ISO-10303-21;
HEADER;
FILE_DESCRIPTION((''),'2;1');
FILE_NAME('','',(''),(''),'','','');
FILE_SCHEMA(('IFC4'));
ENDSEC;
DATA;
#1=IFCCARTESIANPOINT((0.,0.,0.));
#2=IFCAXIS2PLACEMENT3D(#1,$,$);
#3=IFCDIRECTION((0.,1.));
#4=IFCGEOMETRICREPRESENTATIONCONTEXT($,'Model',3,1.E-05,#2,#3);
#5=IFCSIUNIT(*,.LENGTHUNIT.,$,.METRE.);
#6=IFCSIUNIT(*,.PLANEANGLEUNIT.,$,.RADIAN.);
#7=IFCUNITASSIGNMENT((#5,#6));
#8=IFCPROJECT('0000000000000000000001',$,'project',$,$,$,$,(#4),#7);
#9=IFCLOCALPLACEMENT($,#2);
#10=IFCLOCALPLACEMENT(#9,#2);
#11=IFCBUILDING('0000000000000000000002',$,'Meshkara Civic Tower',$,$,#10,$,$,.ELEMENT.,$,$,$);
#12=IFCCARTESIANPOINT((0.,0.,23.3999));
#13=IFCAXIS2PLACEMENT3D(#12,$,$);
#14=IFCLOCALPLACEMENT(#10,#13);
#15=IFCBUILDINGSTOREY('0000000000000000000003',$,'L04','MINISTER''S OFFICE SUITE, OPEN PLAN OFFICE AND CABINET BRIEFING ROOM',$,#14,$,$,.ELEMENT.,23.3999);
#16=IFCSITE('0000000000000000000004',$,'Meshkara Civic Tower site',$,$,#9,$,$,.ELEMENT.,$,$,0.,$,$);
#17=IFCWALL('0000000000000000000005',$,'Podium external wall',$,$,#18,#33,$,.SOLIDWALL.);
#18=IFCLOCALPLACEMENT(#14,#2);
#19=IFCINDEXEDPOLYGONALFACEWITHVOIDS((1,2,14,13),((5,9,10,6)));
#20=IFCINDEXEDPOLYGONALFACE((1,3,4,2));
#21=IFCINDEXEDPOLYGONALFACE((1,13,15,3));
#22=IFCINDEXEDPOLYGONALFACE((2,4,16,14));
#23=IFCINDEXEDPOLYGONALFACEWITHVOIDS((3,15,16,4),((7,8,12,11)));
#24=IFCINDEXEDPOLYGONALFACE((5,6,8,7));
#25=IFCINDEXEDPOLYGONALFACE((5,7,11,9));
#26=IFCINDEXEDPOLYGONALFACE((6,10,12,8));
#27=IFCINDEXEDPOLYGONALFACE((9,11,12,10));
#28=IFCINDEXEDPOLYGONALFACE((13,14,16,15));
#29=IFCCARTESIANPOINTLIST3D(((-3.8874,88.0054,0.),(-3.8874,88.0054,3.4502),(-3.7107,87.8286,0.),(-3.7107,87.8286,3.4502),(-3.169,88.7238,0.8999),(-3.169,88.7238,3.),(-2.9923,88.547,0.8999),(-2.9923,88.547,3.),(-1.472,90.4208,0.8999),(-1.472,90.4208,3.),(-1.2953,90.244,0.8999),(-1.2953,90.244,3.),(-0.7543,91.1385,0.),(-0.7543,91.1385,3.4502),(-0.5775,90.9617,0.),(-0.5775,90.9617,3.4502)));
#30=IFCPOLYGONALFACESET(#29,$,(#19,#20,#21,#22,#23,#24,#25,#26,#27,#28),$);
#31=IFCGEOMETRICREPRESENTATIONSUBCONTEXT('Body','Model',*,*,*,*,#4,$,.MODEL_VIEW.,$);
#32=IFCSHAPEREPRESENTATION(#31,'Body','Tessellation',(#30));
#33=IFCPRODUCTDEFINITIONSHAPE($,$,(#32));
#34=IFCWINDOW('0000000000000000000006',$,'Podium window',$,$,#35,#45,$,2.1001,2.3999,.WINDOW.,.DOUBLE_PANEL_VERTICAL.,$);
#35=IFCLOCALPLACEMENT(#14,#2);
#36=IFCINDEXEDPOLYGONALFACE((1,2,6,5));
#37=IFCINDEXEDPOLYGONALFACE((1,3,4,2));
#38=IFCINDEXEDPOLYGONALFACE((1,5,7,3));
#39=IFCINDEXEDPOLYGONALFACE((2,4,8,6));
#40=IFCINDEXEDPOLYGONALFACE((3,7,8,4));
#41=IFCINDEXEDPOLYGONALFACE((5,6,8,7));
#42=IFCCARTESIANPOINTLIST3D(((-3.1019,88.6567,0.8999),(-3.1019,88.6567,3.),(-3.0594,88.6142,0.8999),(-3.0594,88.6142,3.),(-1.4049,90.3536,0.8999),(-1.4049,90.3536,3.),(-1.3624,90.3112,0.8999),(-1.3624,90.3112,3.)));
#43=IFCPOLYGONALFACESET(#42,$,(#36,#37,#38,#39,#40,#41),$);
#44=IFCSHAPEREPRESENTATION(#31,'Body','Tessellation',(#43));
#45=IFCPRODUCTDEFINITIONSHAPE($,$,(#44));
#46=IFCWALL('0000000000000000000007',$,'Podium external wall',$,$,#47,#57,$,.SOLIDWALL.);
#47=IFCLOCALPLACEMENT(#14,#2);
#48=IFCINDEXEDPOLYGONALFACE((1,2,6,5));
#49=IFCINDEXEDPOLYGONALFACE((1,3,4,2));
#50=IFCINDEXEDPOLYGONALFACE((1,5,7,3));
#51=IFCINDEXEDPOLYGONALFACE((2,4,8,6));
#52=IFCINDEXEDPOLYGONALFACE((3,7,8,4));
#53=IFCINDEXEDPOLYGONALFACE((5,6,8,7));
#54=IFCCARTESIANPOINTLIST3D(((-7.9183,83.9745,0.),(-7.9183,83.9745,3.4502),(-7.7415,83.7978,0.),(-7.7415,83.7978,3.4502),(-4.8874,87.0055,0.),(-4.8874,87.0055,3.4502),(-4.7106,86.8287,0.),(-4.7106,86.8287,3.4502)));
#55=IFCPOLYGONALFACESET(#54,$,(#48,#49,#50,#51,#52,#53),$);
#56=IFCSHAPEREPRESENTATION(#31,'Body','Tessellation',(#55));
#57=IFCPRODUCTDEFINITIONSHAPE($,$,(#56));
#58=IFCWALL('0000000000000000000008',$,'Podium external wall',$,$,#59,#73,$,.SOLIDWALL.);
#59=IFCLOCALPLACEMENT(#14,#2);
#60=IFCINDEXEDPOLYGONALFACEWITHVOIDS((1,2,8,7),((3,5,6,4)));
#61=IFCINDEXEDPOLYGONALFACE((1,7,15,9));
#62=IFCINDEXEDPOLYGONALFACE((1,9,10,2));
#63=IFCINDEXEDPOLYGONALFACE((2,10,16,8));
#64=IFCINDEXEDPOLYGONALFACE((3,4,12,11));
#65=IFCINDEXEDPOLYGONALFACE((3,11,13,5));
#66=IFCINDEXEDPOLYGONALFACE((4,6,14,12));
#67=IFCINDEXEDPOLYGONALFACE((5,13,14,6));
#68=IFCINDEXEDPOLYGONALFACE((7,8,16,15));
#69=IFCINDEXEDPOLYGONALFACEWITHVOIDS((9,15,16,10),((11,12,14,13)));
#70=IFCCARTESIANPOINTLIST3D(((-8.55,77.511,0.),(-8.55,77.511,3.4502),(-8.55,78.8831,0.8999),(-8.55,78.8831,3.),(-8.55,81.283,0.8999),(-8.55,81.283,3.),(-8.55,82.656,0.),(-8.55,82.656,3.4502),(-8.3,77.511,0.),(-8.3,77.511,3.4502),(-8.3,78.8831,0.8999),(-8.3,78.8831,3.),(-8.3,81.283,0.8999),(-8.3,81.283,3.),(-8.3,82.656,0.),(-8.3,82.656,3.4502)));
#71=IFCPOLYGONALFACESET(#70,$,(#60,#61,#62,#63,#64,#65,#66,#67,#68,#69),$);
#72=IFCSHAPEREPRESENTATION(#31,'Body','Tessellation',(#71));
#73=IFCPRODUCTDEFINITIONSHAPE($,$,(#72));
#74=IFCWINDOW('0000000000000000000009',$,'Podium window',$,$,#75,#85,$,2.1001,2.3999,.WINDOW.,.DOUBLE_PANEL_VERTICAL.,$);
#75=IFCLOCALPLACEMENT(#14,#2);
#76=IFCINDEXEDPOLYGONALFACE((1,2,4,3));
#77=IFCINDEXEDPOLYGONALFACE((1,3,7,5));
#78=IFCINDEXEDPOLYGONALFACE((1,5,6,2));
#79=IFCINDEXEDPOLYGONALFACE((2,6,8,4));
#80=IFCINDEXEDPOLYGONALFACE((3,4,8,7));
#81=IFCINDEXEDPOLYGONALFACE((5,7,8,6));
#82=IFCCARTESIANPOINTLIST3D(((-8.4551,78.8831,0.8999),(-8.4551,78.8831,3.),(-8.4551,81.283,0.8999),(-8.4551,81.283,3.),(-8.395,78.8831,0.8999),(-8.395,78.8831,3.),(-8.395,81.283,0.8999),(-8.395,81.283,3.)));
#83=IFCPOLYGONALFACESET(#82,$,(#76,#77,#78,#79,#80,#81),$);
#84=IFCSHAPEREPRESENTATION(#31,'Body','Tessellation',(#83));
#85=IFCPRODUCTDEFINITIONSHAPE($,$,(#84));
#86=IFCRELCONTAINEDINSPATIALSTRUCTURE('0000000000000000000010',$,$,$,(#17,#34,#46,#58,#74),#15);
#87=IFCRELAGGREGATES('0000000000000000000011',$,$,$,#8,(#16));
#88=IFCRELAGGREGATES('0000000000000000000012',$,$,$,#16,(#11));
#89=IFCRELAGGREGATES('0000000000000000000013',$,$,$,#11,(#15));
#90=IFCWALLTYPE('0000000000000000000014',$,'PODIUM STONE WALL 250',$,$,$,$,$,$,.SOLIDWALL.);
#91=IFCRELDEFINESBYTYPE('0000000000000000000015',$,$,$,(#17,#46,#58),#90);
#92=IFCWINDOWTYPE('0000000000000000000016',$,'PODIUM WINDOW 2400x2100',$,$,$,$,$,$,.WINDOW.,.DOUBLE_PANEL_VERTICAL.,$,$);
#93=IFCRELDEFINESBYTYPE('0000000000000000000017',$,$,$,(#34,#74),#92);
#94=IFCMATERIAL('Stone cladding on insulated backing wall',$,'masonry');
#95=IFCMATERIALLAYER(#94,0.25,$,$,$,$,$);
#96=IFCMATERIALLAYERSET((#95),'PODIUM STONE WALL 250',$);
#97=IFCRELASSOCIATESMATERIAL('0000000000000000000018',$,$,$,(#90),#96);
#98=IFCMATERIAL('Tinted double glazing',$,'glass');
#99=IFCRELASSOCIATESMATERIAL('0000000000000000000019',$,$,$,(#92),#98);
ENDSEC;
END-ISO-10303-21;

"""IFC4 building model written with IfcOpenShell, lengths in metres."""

from ifc_helpers import new_model, si_unit, direction, frame, frame_2d, origin, place, context, subcontext, project, spatial, rectangle, extrude, material, layer, layer_set, type_object, element, fill, save


model = new_model("IFC4")

# Units and contexts
model_context = context("Model", 3, precision=1e-05, world=origin(), true_north=direction((0.0, 1.0)))
body_context = subcontext(model_context, "Body", "Model", "MODEL_VIEW")
ifc_project = project(units=[si_unit("LENGTHUNIT", "METRE"), si_unit("PLANEANGLEUNIT", "RADIAN")], contexts=[model_context])

# Site, building, storey
site_placement = place(None, origin())
site = spatial("IfcSite", under=ifc_project, at=site_placement, Name="Meshkara Civic Tower site", CompositionType="ELEMENT", RefElevation=0.0)
building_placement = place(site_placement, origin())
building = spatial("IfcBuilding", under=site, at=building_placement, Name="Meshkara Civic Tower", CompositionType="ELEMENT")
storey_placement = place(building_placement, frame((0.0, 0.0, 23.3999)))
storey = spatial("IfcBuildingStorey", under=building, at=storey_placement, Name="L04", Description="MINISTER'S OFFICE SUITE, OPEN PLAN OFFICE AND CABINET BRIEFING ROOM", CompositionType="ELEMENT", Elevation=23.3999)

# Shared definitions
ifc_material_1 = material(Name="Stone cladding on insulated backing wall", Category="masonry")
ifc_layer_1 = layer(ifc_material_1, 0.25)
ifc_layer_set_1 = layer_set([ifc_layer_1], Name="PODIUM STONE WALL 250")
wall_type_1 = type_object("IfcWallType", Name="PODIUM STONE WALL 250", PredefinedType="SOLIDWALL", material=ifc_layer_set_1)

# Wall, opening, window
wall_1_placement = place(storey_placement, frame((-0.666, 91.05, 0.0), z_axis=(0.0, 0.0, 1.0), x_axis=(-0.707107, -0.707107, 0.0)))
wall_1 = element("IfcWall", 1, at=wall_1_placement, inside=storey, type_object=wall_type_1, Name="Podium external wall", PredefinedType="SOLIDWALL", context=body_context, shape_type="SweptSolid", body=[
    extrude(rectangle(XDim=4.4309, YDim=0.25, at=frame_2d((2.2153, 0.0))), origin(), (0.0, 0.0, 1.0), 3.4502),
])
opening_1_placement = place(wall_1_placement, frame((1.0149, 0.0, 0.8999)))
opening_1 = element("IfcOpeningElement", 2, at=opening_1_placement, cuts=wall_1, PredefinedType="OPENING", context=body_context, shape_type="SweptSolid", body=[
    extrude(rectangle(XDim=2.3999, YDim=2.1001, at=frame_2d((1.2, 1.05))), frame((0.0, 0.135, 0.0), z_axis=(0.0, -1.0, 0.0), x_axis=(1.0, 0.0, 0.0)), (0.0, 0.0, 1.0), 0.27),
])
ifc_material_2 = material(Name="Tinted double glazing", Category="glass")
window_type = type_object("IfcWindowType", Name="PODIUM WINDOW 2400x2100", PartitioningType="DOUBLE_PANEL_VERTICAL", PredefinedType="WINDOW", material=ifc_material_2)
window_1_placement = place(opening_1_placement, origin())
window_1 = element("IfcWindow", 3, at=window_1_placement, inside=storey, type_object=window_type, Name="Podium window", OverallHeight=2.1001, OverallWidth=2.3999, PartitioningType="DOUBLE_PANEL_VERTICAL", PredefinedType="WINDOW", context=body_context, shape_type="SweptSolid", body=[
    extrude(rectangle(XDim=2.3999, YDim=2.1001, at=frame_2d((1.2, 1.05))), frame((0.0, 0.03, 0.0), z_axis=(0.0, -1.0, 0.0), x_axis=(1.0, 0.0, 0.0)), (0.0, 0.0, 1.0), 0.0601),
])
fill(opening_1, window_1)

# Wall
wall_2_placement = place(storey_placement, frame((-4.7991, 86.917, 0.0), z_axis=(0.0, 0.0, 1.0), x_axis=(-0.707107, -0.707107, 0.0)))
element("IfcWall", 4, at=wall_2_placement, inside=storey, type_object=wall_type_1, Name="Podium external wall", PredefinedType="SOLIDWALL", context=body_context, shape_type="SweptSolid", body=[
    extrude(rectangle(XDim=4.2864, YDim=0.25, at=frame_2d((2.1431, 0.0))), origin(), (0.0, 0.0, 1.0), 3.4502),
])

# Wall, opening, window
wall_3_placement = place(storey_placement, frame((-8.425, 82.656, 0.0), z_axis=(0.0, 0.0, 1.0), x_axis=(0.0, -1.0, 0.0)))
wall_3 = element("IfcWall", 5, at=wall_3_placement, inside=storey, type_object=wall_type_1, Name="Podium external wall", PredefinedType="SOLIDWALL", context=body_context, shape_type="SweptSolid", body=[
    extrude(rectangle(XDim=5.145, YDim=0.25, at=frame_2d((2.5725, 0.0))), origin(), (0.0, 0.0, 1.0), 3.4502),
])
opening_2_placement = place(wall_3_placement, frame((1.373, 0.0, 0.8999)))
opening_2 = element("IfcOpeningElement", 6, at=opening_2_placement, cuts=wall_3, PredefinedType="OPENING", context=body_context, shape_type="SweptSolid", body=[
    extrude(rectangle(XDim=2.3999, YDim=2.1001, at=frame_2d((1.2, 1.05))), frame((0.0, 0.135, 0.0), z_axis=(0.0, -1.0, 0.0), x_axis=(1.0, 0.0, 0.0)), (0.0, 0.0, 1.0), 0.27),
])
window_2_placement = place(opening_2_placement, origin())
window_2 = element("IfcWindow", 7, at=window_2_placement, inside=storey, type_object=window_type, Name="Podium window", OverallHeight=2.1001, OverallWidth=2.3999, PartitioningType="DOUBLE_PANEL_VERTICAL", PredefinedType="WINDOW", context=body_context, shape_type="SweptSolid", body=[
    extrude(rectangle(XDim=2.3999, YDim=2.1001, at=frame_2d((1.2, 1.05))), frame((0.0, 0.03, 0.0), z_axis=(0.0, -1.0, 0.0), x_axis=(1.0, 0.0, 0.0)), (0.0, 0.0, 1.0), 0.0601),
])
fill(opening_2, window_2)

save(model, "model.ifc")
